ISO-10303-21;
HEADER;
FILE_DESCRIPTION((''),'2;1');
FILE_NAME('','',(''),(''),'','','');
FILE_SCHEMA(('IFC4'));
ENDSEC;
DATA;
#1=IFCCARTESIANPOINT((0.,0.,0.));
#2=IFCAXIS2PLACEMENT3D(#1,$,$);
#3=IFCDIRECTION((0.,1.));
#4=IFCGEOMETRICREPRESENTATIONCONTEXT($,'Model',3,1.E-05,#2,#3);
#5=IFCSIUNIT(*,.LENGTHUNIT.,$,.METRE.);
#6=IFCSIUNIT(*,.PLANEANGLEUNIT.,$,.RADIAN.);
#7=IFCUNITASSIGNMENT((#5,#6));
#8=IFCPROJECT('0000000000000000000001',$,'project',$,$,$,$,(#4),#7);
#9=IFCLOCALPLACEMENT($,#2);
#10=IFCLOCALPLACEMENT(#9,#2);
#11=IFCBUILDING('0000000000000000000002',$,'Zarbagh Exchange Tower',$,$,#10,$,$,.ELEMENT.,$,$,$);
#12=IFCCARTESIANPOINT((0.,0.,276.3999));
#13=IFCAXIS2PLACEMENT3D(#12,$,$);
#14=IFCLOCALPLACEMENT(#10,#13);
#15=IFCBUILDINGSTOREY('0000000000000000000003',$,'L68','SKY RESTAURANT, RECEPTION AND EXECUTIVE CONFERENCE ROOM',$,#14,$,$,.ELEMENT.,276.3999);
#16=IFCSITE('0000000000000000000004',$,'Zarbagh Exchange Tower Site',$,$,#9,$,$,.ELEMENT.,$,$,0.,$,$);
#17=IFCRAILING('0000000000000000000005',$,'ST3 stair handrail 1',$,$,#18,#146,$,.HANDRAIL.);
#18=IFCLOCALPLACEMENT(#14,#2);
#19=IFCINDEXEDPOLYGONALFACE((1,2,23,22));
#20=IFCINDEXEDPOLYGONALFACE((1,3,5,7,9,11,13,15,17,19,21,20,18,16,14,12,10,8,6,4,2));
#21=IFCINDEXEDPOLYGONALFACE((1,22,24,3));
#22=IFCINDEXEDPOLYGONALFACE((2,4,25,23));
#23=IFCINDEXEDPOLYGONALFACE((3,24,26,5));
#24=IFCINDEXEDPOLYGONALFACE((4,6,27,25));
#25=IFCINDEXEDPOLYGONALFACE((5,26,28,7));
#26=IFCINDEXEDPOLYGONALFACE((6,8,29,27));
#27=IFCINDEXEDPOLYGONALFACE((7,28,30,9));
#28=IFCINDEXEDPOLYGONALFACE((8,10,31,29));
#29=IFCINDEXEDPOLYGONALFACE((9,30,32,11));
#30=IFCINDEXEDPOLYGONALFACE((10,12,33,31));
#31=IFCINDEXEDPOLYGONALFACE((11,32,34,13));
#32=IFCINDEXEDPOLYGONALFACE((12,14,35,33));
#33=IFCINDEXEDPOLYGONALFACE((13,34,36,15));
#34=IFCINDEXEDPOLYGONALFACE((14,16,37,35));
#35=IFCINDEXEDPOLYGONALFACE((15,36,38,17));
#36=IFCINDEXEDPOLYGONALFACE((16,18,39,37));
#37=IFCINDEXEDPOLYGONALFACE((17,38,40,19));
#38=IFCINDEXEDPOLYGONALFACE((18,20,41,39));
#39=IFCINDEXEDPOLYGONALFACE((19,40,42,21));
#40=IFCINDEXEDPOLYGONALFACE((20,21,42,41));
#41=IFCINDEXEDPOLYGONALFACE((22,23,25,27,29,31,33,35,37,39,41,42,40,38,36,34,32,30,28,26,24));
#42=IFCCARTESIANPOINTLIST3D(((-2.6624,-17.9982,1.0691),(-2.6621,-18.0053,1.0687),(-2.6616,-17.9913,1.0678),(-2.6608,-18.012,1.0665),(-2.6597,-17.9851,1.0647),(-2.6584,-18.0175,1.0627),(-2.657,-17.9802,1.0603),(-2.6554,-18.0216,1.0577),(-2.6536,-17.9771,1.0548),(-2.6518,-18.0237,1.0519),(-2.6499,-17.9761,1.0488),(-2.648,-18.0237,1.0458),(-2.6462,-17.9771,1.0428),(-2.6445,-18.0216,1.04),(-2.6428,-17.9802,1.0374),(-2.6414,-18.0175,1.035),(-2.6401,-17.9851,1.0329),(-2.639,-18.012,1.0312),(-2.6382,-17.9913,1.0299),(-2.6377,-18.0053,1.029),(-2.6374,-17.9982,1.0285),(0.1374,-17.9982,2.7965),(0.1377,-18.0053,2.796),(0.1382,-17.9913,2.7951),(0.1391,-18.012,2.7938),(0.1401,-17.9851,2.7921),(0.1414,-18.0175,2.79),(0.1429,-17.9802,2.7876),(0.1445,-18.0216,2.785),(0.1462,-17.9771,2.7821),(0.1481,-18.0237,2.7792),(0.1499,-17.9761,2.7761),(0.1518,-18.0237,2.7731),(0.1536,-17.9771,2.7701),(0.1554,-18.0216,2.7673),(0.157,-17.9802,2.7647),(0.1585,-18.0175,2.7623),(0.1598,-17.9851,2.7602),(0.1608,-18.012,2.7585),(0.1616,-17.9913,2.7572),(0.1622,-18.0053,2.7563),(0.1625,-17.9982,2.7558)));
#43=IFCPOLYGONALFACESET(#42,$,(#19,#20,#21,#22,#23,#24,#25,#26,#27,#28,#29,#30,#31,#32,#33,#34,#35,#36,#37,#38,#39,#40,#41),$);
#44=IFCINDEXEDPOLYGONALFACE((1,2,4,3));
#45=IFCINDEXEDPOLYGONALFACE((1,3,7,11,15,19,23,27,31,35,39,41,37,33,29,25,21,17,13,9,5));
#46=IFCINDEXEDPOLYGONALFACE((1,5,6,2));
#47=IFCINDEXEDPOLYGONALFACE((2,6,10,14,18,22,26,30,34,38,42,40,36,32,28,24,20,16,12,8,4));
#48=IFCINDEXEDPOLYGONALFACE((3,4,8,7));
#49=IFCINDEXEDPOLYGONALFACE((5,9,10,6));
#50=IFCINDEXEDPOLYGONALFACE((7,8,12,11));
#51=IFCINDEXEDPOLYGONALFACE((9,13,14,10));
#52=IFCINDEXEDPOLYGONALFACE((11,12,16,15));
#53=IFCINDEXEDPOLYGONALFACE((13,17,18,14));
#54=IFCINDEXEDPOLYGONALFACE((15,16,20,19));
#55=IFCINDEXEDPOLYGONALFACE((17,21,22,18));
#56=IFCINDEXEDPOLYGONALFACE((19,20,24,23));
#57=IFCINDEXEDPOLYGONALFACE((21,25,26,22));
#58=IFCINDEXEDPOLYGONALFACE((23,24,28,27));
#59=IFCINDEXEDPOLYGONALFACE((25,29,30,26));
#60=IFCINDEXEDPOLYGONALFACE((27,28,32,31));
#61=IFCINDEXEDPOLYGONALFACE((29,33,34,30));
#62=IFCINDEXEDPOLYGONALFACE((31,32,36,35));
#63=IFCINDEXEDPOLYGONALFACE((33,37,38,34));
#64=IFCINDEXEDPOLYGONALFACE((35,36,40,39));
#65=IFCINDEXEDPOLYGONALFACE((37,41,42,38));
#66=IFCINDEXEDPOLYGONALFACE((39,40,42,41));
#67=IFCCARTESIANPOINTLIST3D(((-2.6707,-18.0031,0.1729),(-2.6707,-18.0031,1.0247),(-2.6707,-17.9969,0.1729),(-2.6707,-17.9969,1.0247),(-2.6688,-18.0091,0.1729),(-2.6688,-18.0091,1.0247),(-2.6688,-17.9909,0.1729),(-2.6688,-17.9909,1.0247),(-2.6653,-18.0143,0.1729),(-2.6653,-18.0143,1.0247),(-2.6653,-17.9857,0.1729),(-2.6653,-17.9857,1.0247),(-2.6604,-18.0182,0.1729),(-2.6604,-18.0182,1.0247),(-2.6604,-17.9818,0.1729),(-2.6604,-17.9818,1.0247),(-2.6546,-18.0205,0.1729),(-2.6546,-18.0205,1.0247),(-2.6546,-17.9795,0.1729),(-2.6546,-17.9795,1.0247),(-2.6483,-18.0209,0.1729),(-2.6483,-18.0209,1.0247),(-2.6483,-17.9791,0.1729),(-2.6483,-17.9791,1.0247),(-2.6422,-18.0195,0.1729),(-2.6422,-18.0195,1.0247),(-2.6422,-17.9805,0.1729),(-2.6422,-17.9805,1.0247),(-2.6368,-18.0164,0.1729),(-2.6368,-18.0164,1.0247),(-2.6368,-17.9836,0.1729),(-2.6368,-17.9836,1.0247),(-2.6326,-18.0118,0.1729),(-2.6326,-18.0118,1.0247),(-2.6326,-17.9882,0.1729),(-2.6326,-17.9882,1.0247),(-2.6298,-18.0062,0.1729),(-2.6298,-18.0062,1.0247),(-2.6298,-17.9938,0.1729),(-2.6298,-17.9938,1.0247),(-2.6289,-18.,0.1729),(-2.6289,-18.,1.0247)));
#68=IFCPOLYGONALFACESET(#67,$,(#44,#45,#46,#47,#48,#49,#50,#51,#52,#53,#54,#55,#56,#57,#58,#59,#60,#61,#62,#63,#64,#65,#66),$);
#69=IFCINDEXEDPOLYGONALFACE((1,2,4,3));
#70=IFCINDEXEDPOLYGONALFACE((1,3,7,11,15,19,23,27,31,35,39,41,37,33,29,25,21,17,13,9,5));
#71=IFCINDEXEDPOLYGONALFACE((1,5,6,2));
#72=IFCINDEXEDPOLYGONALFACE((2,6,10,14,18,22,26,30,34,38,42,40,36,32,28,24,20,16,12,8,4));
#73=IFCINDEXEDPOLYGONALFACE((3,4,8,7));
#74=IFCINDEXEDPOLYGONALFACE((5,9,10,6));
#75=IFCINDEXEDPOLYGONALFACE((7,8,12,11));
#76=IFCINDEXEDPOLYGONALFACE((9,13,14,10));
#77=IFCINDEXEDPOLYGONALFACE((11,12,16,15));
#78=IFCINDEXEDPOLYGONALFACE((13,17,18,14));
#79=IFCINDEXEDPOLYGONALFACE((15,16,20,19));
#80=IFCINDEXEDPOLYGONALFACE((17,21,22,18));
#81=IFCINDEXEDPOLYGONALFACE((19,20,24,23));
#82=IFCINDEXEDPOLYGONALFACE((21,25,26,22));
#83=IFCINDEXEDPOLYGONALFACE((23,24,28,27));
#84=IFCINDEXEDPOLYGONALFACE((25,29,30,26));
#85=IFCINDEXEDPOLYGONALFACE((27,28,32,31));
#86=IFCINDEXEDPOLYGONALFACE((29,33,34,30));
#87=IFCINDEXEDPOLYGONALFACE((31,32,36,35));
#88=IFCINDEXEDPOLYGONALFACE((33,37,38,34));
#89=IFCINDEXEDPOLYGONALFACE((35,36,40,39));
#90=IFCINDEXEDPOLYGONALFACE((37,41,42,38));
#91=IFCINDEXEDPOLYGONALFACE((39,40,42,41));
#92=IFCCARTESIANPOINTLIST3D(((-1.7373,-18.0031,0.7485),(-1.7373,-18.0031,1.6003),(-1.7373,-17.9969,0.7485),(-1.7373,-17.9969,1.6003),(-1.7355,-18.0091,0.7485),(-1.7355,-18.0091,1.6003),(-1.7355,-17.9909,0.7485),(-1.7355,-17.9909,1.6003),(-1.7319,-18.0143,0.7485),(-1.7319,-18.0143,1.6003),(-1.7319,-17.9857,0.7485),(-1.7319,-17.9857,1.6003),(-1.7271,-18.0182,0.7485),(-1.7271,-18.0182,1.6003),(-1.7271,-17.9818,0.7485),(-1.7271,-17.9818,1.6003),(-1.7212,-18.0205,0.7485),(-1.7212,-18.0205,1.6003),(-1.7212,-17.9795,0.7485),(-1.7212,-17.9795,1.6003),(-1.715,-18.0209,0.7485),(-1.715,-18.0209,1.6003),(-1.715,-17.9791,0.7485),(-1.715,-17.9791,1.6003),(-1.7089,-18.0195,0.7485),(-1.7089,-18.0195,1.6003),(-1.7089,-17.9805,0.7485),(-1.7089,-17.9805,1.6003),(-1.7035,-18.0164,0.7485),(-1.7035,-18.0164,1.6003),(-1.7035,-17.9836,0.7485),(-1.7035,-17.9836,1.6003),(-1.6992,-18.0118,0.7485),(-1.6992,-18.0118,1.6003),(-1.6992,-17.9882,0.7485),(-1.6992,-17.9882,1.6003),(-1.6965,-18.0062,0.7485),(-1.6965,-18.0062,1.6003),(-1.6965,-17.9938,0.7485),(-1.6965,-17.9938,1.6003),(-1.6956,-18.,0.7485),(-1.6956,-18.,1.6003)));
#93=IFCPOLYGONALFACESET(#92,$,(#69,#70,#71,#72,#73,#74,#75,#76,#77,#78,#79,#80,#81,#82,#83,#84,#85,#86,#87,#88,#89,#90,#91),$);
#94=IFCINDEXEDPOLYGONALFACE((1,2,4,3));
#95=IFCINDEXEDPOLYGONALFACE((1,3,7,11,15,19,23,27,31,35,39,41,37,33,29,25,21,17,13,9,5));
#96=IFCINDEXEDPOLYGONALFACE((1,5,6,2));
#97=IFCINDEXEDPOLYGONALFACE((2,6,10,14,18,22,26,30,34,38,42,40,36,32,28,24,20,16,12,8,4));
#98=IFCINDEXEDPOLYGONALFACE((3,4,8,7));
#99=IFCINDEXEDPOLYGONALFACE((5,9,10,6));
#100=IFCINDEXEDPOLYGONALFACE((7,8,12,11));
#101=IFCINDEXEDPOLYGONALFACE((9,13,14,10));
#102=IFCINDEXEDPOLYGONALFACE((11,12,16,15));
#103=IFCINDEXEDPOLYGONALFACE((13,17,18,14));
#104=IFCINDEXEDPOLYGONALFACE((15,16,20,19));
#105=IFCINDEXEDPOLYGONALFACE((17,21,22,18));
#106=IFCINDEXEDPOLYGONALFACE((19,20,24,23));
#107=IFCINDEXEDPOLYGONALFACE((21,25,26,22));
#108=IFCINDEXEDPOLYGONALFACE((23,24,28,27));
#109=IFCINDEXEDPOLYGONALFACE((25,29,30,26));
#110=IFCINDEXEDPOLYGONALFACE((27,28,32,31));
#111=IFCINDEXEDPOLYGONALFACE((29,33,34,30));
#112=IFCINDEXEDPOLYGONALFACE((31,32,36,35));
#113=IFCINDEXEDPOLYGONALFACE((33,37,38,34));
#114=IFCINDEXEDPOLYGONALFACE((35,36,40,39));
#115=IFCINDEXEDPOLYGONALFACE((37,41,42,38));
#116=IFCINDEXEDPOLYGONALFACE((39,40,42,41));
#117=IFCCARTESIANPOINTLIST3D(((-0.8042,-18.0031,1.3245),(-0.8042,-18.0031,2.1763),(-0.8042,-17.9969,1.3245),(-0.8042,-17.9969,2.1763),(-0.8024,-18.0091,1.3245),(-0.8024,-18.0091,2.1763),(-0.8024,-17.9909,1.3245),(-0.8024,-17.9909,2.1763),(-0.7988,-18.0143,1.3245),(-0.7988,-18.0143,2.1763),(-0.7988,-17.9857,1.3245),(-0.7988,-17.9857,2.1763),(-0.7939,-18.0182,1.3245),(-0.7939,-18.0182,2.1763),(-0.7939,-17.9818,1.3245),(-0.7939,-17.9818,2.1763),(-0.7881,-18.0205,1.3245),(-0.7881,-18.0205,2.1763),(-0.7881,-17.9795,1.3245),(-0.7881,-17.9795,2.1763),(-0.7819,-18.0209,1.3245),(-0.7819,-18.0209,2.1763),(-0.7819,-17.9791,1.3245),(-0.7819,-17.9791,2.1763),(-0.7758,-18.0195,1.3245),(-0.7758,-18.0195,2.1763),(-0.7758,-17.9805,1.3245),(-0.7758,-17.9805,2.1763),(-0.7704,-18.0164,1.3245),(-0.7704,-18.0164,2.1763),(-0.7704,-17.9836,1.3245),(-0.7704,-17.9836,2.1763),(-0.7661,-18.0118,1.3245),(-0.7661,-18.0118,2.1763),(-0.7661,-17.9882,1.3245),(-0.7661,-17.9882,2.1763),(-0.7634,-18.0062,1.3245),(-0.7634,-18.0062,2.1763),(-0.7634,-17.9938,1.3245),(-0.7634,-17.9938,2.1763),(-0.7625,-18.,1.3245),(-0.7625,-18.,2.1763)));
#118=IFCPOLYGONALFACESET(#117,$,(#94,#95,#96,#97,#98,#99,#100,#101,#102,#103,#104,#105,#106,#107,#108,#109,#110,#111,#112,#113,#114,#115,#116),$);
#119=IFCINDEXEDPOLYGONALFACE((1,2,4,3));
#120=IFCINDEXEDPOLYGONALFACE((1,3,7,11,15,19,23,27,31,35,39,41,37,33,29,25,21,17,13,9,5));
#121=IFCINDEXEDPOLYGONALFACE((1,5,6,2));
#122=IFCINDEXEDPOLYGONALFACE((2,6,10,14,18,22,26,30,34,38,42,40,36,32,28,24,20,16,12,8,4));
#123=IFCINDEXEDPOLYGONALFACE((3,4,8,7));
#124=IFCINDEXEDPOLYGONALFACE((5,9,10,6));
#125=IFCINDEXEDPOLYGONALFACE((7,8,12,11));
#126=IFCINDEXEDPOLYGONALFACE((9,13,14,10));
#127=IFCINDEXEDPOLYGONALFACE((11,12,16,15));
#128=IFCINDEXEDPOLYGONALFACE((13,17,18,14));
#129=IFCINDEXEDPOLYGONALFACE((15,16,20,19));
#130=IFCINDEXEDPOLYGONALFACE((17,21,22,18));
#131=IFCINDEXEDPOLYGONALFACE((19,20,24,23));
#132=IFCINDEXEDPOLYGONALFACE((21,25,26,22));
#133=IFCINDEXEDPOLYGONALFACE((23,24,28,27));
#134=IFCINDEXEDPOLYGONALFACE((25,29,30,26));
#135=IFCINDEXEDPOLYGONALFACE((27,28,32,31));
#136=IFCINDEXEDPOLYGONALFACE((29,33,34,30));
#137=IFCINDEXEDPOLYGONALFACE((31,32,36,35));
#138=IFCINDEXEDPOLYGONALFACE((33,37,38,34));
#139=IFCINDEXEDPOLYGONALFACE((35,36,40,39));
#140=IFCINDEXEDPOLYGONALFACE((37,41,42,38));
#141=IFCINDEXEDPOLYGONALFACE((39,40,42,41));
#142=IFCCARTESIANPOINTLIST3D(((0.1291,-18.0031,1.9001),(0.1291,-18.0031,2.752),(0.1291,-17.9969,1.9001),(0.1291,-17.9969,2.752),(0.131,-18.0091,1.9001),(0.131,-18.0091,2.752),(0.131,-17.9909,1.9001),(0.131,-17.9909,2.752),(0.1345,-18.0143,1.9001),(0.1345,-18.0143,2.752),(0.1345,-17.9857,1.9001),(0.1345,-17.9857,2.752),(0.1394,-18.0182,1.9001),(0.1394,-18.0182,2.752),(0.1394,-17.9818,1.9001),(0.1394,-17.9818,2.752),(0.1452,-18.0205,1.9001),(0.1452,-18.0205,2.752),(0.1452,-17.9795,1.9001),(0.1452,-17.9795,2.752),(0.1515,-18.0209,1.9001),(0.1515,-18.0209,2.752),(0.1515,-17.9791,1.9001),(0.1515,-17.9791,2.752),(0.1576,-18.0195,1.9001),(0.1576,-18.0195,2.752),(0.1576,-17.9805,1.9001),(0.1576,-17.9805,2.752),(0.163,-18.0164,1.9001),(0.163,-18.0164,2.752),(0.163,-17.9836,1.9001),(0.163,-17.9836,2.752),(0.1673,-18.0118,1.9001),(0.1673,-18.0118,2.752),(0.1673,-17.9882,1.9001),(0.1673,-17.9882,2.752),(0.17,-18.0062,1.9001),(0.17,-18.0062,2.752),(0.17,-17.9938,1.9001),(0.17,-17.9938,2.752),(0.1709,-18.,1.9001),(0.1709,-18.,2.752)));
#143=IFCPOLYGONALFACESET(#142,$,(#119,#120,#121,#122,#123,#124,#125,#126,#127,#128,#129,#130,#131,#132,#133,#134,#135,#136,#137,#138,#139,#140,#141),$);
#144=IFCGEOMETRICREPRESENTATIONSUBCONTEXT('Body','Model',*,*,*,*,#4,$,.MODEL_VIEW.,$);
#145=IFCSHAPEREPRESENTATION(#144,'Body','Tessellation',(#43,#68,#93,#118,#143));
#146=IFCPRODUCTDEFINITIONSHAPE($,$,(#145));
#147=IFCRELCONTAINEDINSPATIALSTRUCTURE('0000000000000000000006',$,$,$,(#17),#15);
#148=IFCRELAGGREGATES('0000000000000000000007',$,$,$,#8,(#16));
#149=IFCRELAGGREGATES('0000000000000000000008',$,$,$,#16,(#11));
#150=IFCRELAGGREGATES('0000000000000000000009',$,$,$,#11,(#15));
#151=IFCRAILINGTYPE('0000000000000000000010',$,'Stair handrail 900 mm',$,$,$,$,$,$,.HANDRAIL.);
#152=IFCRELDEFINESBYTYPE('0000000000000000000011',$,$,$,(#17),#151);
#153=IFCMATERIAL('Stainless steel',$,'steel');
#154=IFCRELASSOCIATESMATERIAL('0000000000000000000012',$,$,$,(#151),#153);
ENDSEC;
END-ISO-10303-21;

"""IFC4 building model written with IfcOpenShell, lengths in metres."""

from ifc_helpers import new_model, si_unit, direction, frame, origin, origin_2d, place, context, subcontext, project, spatial, circle, extrude, material, type_object, element, save


model = new_model("IFC4")

# Units and contexts
model_context = context("Model", 3, precision=1e-05, world=origin(), true_north=direction((0.0, 1.0)))
body_context = subcontext(model_context, "Body", "Model", "MODEL_VIEW")
ifc_project = project(units=[si_unit("LENGTHUNIT", "METRE"), si_unit("PLANEANGLEUNIT", "RADIAN")], contexts=[model_context])

# Site, building, storey
site_placement = place(None, origin())
site = spatial("IfcSite", under=ifc_project, at=site_placement, Name="Zarbagh Exchange Tower Site", CompositionType="ELEMENT", RefElevation=0.0)
building_placement = place(site_placement, origin())
building = spatial("IfcBuilding", under=site, at=building_placement, Name="Zarbagh Exchange Tower", CompositionType="ELEMENT")
storey_placement = place(building_placement, frame((0.0, 0.0, 276.3999)))
storey = spatial("IfcBuildingStorey", under=building, at=storey_placement, Name="L68", Description="SKY RESTAURANT, RECEPTION AND EXECUTIVE CONFERENCE ROOM", CompositionType="ELEMENT", Elevation=276.3999)

# Shared definitions
ifc_material_1 = material(Name="Stainless steel", Category="steel")

# Railing
railing_type_1 = type_object("IfcRailingType", Name="Stair handrail 900 mm", PredefinedType="HANDRAIL", material=ifc_material_1)
railing_1_placement = place(storey_placement, frame((-2.6499, -18.0, 0.1729)))
element("IfcRailing", 1, at=railing_1_placement, inside=storey, type_object=railing_type_1, Name="ST3 stair handrail 1", PredefinedType="HANDRAIL", context=body_context, shape_type="SweptSolid", body=[
    extrude(circle(Radius=0.0239, at=origin_2d()), frame((0.0, 0.0, 0.876), z_axis=(0.851069, 0.0, 0.525054), x_axis=(0.0, 1.0, 0.0)), (0.0, 0.0, 1.0), 3.2898),
    extrude(circle(Radius=0.021, at=origin_2d()), origin(), (0.0, 0.0, 1.0), 0.8518),
    extrude(circle(Radius=0.021, at=origin_2d()), frame((0.9333, 0.0, 0.5757)), (0.0, 0.0, 1.0), 0.8518),
    extrude(circle(Radius=0.021, at=origin_2d()), frame((1.8665, 0.0, 1.1516)), (0.0, 0.0, 1.0), 0.8518),
    extrude(circle(Radius=0.021, at=origin_2d()), frame((2.7998, 0.0, 1.7273)), (0.0, 0.0, 1.0), 0.8518),
])

save(model, "model.ifc")
